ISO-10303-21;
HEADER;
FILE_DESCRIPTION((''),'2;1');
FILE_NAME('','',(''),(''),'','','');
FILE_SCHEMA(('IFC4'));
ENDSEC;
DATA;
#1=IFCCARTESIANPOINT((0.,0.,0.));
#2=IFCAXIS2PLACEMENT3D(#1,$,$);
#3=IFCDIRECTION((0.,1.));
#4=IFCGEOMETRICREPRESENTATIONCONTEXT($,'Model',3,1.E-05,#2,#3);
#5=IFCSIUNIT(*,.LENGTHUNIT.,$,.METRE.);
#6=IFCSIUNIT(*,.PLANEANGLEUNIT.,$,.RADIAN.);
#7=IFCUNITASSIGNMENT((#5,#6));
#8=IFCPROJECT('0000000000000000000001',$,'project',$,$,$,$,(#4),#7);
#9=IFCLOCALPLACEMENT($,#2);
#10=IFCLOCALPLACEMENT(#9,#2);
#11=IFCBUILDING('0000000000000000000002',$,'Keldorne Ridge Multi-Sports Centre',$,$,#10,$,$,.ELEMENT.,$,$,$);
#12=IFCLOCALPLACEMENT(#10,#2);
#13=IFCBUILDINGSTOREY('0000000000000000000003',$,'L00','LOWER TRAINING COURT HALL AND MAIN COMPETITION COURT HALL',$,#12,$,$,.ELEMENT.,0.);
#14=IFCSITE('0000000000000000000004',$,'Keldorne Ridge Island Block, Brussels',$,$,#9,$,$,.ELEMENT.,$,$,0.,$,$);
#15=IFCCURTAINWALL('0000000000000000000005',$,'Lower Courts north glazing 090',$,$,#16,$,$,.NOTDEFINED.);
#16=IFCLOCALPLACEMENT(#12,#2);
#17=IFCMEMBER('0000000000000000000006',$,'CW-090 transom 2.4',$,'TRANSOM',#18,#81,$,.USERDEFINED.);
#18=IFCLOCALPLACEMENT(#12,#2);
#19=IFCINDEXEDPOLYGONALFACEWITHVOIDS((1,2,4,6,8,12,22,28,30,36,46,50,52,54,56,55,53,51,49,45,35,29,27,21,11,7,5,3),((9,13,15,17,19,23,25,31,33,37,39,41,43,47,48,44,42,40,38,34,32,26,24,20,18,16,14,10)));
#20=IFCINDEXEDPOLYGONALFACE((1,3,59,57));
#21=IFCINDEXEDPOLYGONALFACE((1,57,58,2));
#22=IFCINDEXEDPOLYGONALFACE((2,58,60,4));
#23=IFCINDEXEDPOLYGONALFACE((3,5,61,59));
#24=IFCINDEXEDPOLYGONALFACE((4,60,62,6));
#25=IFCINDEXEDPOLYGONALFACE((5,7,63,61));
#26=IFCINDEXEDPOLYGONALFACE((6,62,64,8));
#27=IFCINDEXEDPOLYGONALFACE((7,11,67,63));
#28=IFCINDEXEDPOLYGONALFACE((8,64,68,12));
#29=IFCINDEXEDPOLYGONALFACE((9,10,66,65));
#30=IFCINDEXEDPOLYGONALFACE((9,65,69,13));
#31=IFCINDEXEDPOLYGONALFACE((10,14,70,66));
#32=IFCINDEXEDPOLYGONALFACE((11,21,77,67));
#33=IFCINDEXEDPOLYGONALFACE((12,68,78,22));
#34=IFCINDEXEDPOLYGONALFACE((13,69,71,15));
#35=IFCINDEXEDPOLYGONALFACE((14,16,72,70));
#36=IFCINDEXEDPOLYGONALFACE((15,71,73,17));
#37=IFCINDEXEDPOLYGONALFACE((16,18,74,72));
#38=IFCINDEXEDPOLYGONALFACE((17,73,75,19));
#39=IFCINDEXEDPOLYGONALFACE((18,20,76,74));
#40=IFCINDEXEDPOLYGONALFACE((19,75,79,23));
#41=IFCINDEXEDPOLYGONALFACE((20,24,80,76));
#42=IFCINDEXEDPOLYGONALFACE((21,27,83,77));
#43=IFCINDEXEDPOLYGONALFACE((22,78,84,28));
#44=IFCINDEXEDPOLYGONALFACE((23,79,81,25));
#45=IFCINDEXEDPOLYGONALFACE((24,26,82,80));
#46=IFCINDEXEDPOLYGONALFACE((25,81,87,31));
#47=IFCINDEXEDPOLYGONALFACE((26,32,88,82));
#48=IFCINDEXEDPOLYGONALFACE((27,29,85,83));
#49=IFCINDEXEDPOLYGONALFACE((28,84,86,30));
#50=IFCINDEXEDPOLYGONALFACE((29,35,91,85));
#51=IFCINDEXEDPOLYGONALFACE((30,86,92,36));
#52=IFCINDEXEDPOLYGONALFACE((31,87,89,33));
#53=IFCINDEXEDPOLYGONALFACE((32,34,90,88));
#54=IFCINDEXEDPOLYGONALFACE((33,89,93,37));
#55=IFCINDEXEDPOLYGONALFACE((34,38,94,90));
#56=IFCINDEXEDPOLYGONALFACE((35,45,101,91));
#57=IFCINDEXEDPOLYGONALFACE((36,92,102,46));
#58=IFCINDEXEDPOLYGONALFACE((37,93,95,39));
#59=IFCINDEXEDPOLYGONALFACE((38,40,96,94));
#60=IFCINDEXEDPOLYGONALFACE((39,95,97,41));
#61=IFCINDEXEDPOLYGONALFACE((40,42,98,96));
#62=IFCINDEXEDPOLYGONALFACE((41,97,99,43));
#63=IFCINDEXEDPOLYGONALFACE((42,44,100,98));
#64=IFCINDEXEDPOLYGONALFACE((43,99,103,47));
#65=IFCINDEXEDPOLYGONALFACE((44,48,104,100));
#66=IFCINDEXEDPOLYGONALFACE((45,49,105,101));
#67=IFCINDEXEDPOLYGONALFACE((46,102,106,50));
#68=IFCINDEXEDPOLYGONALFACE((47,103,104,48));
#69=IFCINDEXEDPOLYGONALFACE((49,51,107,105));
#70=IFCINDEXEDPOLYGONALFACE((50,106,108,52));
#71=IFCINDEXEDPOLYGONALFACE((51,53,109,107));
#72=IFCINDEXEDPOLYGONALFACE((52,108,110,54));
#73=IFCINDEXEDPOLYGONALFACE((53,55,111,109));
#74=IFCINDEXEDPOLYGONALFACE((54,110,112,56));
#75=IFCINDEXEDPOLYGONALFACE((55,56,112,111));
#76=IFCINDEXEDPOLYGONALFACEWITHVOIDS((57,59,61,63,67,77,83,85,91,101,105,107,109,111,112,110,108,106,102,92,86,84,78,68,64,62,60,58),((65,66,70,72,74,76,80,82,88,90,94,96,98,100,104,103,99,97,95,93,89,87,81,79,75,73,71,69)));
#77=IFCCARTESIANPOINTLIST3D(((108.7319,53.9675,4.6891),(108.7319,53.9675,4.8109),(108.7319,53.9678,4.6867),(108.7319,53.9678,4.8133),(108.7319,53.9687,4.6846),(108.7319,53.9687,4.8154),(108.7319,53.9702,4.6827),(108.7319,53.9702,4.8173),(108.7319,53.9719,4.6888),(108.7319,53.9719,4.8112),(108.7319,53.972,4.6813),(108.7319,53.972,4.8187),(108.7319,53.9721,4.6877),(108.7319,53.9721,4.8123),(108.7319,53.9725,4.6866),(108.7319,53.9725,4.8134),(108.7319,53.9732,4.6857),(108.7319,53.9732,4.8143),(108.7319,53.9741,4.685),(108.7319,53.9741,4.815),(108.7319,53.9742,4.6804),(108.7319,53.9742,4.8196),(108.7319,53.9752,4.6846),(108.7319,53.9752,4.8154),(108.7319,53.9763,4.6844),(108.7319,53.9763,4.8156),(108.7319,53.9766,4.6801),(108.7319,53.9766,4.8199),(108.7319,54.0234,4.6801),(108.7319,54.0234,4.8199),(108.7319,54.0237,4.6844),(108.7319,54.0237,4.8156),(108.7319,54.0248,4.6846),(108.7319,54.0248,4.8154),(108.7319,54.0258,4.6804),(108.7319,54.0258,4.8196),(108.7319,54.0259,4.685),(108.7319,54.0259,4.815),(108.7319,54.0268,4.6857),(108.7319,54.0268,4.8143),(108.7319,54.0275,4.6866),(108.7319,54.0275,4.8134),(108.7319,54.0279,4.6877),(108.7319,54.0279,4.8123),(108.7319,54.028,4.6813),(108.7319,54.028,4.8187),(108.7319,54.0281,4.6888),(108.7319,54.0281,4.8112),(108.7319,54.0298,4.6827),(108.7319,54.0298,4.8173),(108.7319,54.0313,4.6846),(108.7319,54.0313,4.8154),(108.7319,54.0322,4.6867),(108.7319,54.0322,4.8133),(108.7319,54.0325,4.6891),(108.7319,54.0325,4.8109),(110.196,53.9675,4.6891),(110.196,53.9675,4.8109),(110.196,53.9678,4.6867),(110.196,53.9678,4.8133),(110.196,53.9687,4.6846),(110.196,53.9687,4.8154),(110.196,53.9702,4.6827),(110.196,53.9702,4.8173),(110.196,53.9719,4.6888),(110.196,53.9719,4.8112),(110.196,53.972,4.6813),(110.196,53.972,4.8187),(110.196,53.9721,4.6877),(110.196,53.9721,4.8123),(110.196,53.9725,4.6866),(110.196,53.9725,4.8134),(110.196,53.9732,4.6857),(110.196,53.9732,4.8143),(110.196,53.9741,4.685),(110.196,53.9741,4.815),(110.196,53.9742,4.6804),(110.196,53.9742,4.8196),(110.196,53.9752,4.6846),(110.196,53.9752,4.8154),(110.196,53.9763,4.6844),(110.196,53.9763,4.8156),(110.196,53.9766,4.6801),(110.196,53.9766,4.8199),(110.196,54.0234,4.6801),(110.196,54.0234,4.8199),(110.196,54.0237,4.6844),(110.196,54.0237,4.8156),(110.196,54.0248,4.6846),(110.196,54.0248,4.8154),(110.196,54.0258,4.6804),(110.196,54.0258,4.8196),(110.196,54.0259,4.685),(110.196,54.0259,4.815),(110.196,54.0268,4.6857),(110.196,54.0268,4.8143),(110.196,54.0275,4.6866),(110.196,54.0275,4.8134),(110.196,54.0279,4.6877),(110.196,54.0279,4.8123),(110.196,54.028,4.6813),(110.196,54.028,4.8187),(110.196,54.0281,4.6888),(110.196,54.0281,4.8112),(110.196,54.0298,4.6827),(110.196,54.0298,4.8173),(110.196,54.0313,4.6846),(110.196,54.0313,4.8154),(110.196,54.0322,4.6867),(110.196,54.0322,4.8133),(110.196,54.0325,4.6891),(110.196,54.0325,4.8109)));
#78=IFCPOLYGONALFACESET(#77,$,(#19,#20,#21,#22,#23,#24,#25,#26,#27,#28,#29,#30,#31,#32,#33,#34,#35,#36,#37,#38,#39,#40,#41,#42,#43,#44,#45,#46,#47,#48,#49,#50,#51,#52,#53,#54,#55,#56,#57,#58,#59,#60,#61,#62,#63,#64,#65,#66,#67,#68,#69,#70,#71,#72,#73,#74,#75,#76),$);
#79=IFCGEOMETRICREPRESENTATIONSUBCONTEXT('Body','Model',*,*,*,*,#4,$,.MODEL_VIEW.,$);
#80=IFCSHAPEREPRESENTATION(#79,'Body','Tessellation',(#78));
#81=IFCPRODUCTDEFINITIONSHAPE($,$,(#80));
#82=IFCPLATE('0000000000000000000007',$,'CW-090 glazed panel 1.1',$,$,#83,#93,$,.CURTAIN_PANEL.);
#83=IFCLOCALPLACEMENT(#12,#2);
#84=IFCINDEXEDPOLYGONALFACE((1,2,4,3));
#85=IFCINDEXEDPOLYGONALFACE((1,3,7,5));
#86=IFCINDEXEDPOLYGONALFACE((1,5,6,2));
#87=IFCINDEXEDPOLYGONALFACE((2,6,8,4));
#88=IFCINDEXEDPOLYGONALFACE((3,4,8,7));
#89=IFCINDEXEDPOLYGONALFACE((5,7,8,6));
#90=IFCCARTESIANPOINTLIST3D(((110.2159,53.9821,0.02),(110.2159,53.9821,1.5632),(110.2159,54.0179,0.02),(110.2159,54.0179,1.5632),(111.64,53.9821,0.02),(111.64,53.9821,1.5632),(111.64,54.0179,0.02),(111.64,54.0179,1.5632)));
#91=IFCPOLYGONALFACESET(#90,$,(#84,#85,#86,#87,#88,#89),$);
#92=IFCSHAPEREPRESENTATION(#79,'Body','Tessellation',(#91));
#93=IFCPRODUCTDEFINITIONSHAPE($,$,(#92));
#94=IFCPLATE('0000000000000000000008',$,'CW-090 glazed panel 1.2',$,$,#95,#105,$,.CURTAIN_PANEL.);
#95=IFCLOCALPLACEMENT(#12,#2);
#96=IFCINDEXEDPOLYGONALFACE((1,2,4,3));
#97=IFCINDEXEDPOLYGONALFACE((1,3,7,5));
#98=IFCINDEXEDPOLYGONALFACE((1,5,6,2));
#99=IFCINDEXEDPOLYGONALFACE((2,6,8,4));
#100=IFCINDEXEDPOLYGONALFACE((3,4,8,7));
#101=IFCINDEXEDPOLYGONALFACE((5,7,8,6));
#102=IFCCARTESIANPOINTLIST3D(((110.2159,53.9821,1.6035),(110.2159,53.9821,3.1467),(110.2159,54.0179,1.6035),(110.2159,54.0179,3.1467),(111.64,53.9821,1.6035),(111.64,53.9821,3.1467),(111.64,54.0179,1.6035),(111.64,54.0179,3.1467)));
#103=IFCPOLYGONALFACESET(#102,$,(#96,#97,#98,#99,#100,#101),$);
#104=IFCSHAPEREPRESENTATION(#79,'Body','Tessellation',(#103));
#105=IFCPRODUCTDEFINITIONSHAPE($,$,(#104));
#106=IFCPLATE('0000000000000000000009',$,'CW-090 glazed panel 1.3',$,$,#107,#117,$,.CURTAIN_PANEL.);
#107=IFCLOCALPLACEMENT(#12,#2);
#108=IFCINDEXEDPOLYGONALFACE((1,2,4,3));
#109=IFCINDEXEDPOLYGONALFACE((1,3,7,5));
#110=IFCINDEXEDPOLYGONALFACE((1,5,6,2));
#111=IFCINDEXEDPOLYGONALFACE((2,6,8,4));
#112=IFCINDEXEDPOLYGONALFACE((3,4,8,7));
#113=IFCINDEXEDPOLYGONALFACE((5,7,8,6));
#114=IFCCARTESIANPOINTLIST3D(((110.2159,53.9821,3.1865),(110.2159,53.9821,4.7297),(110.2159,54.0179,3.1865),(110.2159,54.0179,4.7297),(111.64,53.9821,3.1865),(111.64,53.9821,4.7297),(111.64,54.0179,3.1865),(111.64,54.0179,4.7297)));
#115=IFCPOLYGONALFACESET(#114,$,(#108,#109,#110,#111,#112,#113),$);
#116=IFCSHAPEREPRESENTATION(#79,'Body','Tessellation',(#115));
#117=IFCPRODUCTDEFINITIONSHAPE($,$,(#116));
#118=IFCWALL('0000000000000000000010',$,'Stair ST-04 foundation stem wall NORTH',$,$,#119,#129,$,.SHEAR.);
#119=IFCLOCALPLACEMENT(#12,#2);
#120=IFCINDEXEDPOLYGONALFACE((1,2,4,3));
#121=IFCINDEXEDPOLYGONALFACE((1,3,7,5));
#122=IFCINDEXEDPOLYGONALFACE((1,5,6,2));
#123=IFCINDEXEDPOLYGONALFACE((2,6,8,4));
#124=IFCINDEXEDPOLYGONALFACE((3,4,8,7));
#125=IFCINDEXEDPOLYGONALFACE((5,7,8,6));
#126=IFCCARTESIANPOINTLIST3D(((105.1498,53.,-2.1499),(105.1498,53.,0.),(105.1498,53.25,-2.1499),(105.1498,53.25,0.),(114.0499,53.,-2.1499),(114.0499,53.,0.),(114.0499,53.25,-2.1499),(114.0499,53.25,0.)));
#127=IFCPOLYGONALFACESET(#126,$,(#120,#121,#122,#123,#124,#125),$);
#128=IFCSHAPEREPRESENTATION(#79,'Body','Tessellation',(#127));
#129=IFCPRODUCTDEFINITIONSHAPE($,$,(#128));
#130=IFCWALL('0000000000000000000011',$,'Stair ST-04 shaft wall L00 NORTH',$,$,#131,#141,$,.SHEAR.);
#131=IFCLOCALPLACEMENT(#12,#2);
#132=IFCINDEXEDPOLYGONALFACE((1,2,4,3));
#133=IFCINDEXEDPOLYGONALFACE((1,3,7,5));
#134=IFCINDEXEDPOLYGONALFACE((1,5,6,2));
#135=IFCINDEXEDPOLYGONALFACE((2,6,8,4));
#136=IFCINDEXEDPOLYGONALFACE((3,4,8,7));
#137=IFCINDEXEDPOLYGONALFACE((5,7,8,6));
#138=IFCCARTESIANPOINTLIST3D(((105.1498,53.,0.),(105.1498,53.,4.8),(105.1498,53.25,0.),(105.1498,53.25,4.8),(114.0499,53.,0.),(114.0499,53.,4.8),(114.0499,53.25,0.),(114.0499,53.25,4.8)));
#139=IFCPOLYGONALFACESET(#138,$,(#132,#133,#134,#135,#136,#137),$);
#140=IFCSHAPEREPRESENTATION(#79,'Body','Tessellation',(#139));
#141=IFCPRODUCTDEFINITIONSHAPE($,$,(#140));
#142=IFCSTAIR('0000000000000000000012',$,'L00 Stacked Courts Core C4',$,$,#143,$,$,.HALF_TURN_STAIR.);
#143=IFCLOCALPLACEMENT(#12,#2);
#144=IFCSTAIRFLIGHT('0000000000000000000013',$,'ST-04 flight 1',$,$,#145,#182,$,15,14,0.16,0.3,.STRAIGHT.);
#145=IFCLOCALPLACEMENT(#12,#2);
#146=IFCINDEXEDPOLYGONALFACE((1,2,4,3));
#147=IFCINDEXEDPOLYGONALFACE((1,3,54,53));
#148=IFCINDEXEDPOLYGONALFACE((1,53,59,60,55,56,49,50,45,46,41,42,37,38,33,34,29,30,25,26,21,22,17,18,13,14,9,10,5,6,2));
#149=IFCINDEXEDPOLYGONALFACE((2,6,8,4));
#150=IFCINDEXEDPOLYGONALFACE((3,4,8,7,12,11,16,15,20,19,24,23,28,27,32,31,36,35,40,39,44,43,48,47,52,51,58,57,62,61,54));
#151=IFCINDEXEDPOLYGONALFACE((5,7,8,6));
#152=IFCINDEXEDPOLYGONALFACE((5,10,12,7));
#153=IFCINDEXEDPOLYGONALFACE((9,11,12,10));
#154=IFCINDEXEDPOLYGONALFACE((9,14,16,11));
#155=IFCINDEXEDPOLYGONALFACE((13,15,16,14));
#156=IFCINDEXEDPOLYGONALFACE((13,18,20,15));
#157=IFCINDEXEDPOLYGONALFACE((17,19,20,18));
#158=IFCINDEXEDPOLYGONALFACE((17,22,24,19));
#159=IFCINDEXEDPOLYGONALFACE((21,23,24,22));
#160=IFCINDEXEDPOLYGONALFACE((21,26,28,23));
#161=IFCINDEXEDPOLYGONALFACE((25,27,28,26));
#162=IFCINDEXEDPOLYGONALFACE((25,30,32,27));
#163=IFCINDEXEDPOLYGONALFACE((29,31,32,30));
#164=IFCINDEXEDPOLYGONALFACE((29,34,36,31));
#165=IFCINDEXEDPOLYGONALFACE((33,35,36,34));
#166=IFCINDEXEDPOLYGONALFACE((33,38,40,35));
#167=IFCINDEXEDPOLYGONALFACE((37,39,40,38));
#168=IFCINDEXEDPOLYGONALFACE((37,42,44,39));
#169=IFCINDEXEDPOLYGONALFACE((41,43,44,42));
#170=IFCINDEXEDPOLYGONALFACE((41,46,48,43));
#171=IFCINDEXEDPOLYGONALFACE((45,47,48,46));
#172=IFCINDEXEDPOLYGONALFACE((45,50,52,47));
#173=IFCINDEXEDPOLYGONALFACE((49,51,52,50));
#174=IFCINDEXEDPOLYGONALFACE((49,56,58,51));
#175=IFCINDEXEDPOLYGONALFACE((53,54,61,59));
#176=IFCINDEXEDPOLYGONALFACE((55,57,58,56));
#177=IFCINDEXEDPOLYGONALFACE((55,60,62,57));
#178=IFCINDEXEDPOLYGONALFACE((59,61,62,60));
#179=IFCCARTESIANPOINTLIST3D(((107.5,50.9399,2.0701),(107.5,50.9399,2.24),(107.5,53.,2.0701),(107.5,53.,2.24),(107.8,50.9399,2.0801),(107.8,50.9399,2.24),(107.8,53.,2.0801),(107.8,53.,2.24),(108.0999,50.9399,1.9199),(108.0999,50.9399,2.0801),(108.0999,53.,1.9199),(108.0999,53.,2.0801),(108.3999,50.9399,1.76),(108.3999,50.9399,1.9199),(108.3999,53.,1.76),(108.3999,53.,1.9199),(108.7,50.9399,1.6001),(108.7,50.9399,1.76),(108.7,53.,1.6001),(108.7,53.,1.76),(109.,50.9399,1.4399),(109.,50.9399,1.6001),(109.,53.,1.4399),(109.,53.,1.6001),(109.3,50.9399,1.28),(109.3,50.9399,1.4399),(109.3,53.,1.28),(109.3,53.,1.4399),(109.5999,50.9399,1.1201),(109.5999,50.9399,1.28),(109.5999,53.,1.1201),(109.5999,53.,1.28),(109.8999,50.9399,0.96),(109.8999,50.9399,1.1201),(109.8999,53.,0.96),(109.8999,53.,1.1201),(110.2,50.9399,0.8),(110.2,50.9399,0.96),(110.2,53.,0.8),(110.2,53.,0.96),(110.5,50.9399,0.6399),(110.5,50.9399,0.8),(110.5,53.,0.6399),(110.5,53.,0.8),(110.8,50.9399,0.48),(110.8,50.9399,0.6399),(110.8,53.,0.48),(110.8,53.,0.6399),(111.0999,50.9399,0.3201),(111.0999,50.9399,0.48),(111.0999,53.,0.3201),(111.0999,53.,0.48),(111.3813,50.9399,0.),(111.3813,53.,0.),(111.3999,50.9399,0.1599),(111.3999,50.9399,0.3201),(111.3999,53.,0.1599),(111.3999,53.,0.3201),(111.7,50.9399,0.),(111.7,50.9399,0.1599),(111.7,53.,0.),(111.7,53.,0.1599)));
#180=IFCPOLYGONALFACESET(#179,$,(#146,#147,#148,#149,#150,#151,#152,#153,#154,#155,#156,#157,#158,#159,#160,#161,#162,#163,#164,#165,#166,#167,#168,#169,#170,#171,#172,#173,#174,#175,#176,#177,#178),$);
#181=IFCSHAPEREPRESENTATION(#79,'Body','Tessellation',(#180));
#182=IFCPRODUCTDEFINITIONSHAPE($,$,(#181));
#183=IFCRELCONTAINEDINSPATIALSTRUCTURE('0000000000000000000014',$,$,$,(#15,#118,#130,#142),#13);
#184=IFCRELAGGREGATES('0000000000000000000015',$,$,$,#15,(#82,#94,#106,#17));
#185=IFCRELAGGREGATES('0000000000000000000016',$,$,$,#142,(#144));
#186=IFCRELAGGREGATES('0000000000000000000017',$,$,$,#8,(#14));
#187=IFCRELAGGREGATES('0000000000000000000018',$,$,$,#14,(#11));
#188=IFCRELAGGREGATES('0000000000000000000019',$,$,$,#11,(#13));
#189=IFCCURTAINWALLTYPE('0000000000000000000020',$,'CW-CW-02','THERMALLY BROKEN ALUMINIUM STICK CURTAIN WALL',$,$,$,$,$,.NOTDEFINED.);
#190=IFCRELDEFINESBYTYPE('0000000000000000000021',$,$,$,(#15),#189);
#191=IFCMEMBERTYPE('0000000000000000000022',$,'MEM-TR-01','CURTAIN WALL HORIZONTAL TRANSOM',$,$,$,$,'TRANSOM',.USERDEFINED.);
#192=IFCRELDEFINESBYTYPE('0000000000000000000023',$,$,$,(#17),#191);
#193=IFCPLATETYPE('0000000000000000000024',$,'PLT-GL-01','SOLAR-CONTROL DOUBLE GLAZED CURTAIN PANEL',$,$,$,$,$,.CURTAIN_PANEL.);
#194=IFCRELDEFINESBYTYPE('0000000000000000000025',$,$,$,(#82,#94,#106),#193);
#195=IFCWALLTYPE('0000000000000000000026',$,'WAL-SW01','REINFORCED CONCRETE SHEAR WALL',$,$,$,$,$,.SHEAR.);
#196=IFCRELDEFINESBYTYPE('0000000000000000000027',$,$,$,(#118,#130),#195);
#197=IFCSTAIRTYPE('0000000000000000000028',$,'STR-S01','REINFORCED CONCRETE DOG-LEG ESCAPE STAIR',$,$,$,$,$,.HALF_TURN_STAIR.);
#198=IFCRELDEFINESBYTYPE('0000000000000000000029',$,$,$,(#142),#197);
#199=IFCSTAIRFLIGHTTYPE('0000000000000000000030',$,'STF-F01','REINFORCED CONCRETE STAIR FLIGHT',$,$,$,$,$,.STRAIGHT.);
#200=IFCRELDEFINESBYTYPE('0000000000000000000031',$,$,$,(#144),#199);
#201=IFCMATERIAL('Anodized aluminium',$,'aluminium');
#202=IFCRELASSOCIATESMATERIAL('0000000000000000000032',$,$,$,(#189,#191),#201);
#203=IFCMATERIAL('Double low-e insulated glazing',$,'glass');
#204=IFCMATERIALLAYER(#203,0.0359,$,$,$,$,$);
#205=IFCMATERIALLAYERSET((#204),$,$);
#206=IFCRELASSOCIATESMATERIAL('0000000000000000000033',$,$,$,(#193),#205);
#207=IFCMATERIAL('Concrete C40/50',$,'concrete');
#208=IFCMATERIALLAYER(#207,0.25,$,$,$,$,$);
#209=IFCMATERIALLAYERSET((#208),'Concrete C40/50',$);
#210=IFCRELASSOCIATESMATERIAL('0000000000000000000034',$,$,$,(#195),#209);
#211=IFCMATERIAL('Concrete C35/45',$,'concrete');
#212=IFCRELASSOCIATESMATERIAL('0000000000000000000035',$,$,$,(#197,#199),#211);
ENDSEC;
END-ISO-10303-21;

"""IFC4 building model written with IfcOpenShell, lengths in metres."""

from ifc_helpers import new_model, si_unit, direction, frame, frame_2d, origin, origin_2d, place, context, subcontext, project, spatial, polyline, rectangle, hollow_rectangle, outline, extrude, material, layer, layer_set, material_profile, profile_set, type_object, element, aggregate, save


model = new_model("IFC4")

# Units and contexts
model_context = context("Model", 3, precision=1e-05, world=origin(), true_north=direction((0.0, 1.0)))
body_context = subcontext(model_context, "Body", "Model", "MODEL_VIEW")
ifc_project = project(units=[si_unit("LENGTHUNIT", "METRE"), si_unit("PLANEANGLEUNIT", "RADIAN")], contexts=[model_context])

# Site, building, storey
site_placement = place(None, origin())
site = spatial("IfcSite", under=ifc_project, at=site_placement, Name="Keldorne Ridge Island Block, Brussels", CompositionType="ELEMENT", RefElevation=0.0)
building_placement = place(site_placement, origin())
building = spatial("IfcBuilding", under=site, at=building_placement, Name="Keldorne Ridge Multi-Sports Centre", CompositionType="ELEMENT")
storey_placement = place(building_placement, origin())
storey = spatial("IfcBuildingStorey", under=building, at=storey_placement, Name="L00", Description="LOWER TRAINING COURT HALL AND MAIN COMPETITION COURT HALL", CompositionType="ELEMENT", Elevation=0.0)

# Shared definitions
ifc_material_1 = material(Name="Concrete C35/45", Category="concrete")

# Curtain wall, member, plates
ifc_material_2 = material(Name="Anodized aluminium", Category="aluminium")
curtain_wall_type = type_object("IfcCurtainWallType", Name="CW-CW-02", Description="THERMALLY BROKEN ALUMINIUM STICK CURTAIN WALL", PredefinedType="NOTDEFINED", material=ifc_material_2)
curtain_wall_placement = place(storey_placement, origin())
curtain_wall = element("IfcCurtainWall", 1, at=curtain_wall_placement, inside=storey, type_object=curtain_wall_type, Name="Lower Courts north glazing 090", PredefinedType="NOTDEFINED")
ifc_material_profile_1 = material_profile(ifc_material_2, hollow_rectangle(XDim=0.0649, YDim=0.1399, WallThickness=0.0044, InnerFilletRadius=0.0044, OuterFilletRadius=0.009, at=origin_2d()), Name="ALU TRANSOM 140x65x4.5")
ifc_profile_set_1 = profile_set([ifc_material_profile_1], Name="Anodized aluminium")
member_type_1 = type_object("IfcMemberType", Name="MEM-TR-01", Description="CURTAIN WALL HORIZONTAL TRANSOM", ElementType="TRANSOM", PredefinedType="USERDEFINED", material=ifc_profile_set_1)
member_1_placement = place(storey_placement, frame((110.196, 54.0, 4.75), z_axis=(-1.0, 0.0, 0.0), x_axis=(0.0, -1.0, 0.0)))
member_1 = element("IfcMember", 2, at=member_1_placement, type_object=member_type_1, Name="CW-090 transom 2.4", ObjectType="TRANSOM", PredefinedType="USERDEFINED", context=body_context, shape_type="SweptSolid", body=[
    extrude(hollow_rectangle(XDim=0.0649, YDim=0.1399, WallThickness=0.0044, InnerFilletRadius=0.0044, OuterFilletRadius=0.009, at=origin_2d()), origin(), (0.0, 0.0, 1.0), 1.4641),
])
ifc_material_3 = material(Name="Double low-e insulated glazing", Category="glass")
ifc_layer_1 = layer(ifc_material_3, 0.0359)
ifc_layer_set_1 = layer_set([ifc_layer_1])
plate_type = type_object("IfcPlateType", Name="PLT-GL-01", Description="SOLAR-CONTROL DOUBLE GLAZED CURTAIN PANEL", PredefinedType="CURTAIN_PANEL", material=ifc_layer_set_1)
plate_1_placement = place(storey_placement, frame((110.928, 54.0, 0.02), z_axis=(0.0, 0.0, 1.0), x_axis=(-1.0, 0.0, 0.0)))
plate_1 = element("IfcPlate", 3, at=plate_1_placement, type_object=plate_type, Name="CW-090 glazed panel 1.1", PredefinedType="CURTAIN_PANEL", context=body_context, shape_type="SweptSolid", body=[
    extrude(rectangle(XDim=1.4241, YDim=0.0359, at=origin_2d()), origin(), (0.0, 0.0, 1.0), 1.5432),
])
plate_2_placement = place(storey_placement, frame((110.928, 54.0, 1.6035), z_axis=(0.0, 0.0, 1.0), x_axis=(-1.0, 0.0, 0.0)))
plate_2 = element("IfcPlate", 4, at=plate_2_placement, type_object=plate_type, Name="CW-090 glazed panel 1.2", PredefinedType="CURTAIN_PANEL", context=body_context, shape_type="SweptSolid", body=[
    extrude(rectangle(XDim=1.4241, YDim=0.0359, at=origin_2d()), origin(), (0.0, 0.0, 1.0), 1.5432),
])
plate_3_placement = place(storey_placement, frame((110.928, 54.0, 3.1865), z_axis=(0.0, 0.0, 1.0), x_axis=(-1.0, 0.0, 0.0)))
plate_3 = element("IfcPlate", 5, at=plate_3_placement, type_object=plate_type, Name="CW-090 glazed panel 1.3", PredefinedType="CURTAIN_PANEL", context=body_context, shape_type="SweptSolid", body=[
    extrude(rectangle(XDim=1.4241, YDim=0.0359, at=origin_2d()), origin(), (0.0, 0.0, 1.0), 1.5432),
])
aggregate(curtain_wall, [plate_1, plate_2, plate_3, member_1])

# Walls
ifc_material_4 = material(Name="Concrete C40/50", Category="concrete")
ifc_layer_2 = layer(ifc_material_4, 0.25)
ifc_layer_set_2 = layer_set([ifc_layer_2], Name="Concrete C40/50")
wall_type = type_object("IfcWallType", Name="WAL-SW01", Description="REINFORCED CONCRETE SHEAR WALL", PredefinedType="SHEAR", material=ifc_layer_set_2)
wall_1_placement = place(storey_placement, frame((114.05, 53.125, -2.1499), z_axis=(0.0, 0.0, 1.0), x_axis=(-1.0, 0.0, 0.0)))
element("IfcWall", 6, at=wall_1_placement, inside=storey, type_object=wall_type, Name="Stair ST-04 foundation stem wall NORTH", PredefinedType="SHEAR", context=body_context, shape_type="SweptSolid", body=[
    extrude(rectangle(XDim=8.9001, YDim=0.25, at=frame_2d((4.4502, 0.0))), origin(), (0.0, 0.0, 1.0), 2.1499),
])
wall_2_placement = place(storey_placement, frame((114.05, 53.125, 0.0), z_axis=(0.0, 0.0, 1.0), x_axis=(-1.0, 0.0, 0.0)))
element("IfcWall", 7, at=wall_2_placement, inside=storey, type_object=wall_type, Name="Stair ST-04 shaft wall L00 NORTH", PredefinedType="SHEAR", context=body_context, shape_type="SweptSolid", body=[
    extrude(rectangle(XDim=8.9001, YDim=0.25, at=frame_2d((4.4502, 0.0))), origin(), (0.0, 0.0, 1.0), 4.8),
])

# Stair, stair flight
stair_type = type_object("IfcStairType", Name="STR-S01", Description="REINFORCED CONCRETE DOG-LEG ESCAPE STAIR", PredefinedType="HALF_TURN_STAIR", material=ifc_material_1)
stair_placement = place(storey_placement, origin())
stair = element("IfcStair", 8, at=stair_placement, inside=storey, type_object=stair_type, Name="L00 Stacked Courts Core C4", PredefinedType="HALF_TURN_STAIR")
stair_flight_type = type_object("IfcStairFlightType", Name="STF-F01", Description="REINFORCED CONCRETE STAIR FLIGHT", PredefinedType="STRAIGHT", material=ifc_material_1)
stair_flight_placement = place(storey_placement, frame((111.7, 51.97, 0.0), z_axis=(0.0, 0.0, 1.0), x_axis=(-1.0, 0.0, 0.0)))
stair_flight = element("IfcStairFlight", 9, at=stair_flight_placement, type_object=stair_flight_type, Name="ST-04 flight 1", NumberOfRisers=15, NumberOfTreads=14, PredefinedType="STRAIGHT", RiserHeight=0.16, TreadLength=0.3, context=body_context, shape_type="SweptSolid", body=[
    extrude(outline(polyline([(0.0, 0.0), (0.0, 0.1599), (0.3, 0.1599), (0.3, 0.3201), (0.6001, 0.3201), (0.6001, 0.48), (0.8999, 0.48), (0.8999, 0.6399), (1.2, 0.6399), (1.2, 0.8), (1.5, 0.8), (1.5, 0.96), (1.8, 0.96), (1.8, 1.1201), (2.1001, 1.1201), (2.1001, 1.28), (2.3999, 1.28), (2.3999, 1.4399), (2.7, 1.4399), (2.7, 1.6001), (3.0, 1.6001), (3.0, 1.76), (3.3, 1.76), (3.3, 1.9199), (3.6001, 1.9199), (3.6001, 2.0801), (3.8999, 2.0801), (3.8999, 2.24), (4.2, 2.24), (4.2, 2.3999), (4.2, 2.0701), (0.3186, 0.0), (0.0, 0.0)])), frame((0.0, 1.03, 0.0), z_axis=(0.0, -1.0, 0.0), x_axis=(1.0, 0.0, 0.0)), (0.0, 0.0, 1.0), 2.0601),
])
aggregate(stair, [stair_flight])

save(model, "model.ifc")
